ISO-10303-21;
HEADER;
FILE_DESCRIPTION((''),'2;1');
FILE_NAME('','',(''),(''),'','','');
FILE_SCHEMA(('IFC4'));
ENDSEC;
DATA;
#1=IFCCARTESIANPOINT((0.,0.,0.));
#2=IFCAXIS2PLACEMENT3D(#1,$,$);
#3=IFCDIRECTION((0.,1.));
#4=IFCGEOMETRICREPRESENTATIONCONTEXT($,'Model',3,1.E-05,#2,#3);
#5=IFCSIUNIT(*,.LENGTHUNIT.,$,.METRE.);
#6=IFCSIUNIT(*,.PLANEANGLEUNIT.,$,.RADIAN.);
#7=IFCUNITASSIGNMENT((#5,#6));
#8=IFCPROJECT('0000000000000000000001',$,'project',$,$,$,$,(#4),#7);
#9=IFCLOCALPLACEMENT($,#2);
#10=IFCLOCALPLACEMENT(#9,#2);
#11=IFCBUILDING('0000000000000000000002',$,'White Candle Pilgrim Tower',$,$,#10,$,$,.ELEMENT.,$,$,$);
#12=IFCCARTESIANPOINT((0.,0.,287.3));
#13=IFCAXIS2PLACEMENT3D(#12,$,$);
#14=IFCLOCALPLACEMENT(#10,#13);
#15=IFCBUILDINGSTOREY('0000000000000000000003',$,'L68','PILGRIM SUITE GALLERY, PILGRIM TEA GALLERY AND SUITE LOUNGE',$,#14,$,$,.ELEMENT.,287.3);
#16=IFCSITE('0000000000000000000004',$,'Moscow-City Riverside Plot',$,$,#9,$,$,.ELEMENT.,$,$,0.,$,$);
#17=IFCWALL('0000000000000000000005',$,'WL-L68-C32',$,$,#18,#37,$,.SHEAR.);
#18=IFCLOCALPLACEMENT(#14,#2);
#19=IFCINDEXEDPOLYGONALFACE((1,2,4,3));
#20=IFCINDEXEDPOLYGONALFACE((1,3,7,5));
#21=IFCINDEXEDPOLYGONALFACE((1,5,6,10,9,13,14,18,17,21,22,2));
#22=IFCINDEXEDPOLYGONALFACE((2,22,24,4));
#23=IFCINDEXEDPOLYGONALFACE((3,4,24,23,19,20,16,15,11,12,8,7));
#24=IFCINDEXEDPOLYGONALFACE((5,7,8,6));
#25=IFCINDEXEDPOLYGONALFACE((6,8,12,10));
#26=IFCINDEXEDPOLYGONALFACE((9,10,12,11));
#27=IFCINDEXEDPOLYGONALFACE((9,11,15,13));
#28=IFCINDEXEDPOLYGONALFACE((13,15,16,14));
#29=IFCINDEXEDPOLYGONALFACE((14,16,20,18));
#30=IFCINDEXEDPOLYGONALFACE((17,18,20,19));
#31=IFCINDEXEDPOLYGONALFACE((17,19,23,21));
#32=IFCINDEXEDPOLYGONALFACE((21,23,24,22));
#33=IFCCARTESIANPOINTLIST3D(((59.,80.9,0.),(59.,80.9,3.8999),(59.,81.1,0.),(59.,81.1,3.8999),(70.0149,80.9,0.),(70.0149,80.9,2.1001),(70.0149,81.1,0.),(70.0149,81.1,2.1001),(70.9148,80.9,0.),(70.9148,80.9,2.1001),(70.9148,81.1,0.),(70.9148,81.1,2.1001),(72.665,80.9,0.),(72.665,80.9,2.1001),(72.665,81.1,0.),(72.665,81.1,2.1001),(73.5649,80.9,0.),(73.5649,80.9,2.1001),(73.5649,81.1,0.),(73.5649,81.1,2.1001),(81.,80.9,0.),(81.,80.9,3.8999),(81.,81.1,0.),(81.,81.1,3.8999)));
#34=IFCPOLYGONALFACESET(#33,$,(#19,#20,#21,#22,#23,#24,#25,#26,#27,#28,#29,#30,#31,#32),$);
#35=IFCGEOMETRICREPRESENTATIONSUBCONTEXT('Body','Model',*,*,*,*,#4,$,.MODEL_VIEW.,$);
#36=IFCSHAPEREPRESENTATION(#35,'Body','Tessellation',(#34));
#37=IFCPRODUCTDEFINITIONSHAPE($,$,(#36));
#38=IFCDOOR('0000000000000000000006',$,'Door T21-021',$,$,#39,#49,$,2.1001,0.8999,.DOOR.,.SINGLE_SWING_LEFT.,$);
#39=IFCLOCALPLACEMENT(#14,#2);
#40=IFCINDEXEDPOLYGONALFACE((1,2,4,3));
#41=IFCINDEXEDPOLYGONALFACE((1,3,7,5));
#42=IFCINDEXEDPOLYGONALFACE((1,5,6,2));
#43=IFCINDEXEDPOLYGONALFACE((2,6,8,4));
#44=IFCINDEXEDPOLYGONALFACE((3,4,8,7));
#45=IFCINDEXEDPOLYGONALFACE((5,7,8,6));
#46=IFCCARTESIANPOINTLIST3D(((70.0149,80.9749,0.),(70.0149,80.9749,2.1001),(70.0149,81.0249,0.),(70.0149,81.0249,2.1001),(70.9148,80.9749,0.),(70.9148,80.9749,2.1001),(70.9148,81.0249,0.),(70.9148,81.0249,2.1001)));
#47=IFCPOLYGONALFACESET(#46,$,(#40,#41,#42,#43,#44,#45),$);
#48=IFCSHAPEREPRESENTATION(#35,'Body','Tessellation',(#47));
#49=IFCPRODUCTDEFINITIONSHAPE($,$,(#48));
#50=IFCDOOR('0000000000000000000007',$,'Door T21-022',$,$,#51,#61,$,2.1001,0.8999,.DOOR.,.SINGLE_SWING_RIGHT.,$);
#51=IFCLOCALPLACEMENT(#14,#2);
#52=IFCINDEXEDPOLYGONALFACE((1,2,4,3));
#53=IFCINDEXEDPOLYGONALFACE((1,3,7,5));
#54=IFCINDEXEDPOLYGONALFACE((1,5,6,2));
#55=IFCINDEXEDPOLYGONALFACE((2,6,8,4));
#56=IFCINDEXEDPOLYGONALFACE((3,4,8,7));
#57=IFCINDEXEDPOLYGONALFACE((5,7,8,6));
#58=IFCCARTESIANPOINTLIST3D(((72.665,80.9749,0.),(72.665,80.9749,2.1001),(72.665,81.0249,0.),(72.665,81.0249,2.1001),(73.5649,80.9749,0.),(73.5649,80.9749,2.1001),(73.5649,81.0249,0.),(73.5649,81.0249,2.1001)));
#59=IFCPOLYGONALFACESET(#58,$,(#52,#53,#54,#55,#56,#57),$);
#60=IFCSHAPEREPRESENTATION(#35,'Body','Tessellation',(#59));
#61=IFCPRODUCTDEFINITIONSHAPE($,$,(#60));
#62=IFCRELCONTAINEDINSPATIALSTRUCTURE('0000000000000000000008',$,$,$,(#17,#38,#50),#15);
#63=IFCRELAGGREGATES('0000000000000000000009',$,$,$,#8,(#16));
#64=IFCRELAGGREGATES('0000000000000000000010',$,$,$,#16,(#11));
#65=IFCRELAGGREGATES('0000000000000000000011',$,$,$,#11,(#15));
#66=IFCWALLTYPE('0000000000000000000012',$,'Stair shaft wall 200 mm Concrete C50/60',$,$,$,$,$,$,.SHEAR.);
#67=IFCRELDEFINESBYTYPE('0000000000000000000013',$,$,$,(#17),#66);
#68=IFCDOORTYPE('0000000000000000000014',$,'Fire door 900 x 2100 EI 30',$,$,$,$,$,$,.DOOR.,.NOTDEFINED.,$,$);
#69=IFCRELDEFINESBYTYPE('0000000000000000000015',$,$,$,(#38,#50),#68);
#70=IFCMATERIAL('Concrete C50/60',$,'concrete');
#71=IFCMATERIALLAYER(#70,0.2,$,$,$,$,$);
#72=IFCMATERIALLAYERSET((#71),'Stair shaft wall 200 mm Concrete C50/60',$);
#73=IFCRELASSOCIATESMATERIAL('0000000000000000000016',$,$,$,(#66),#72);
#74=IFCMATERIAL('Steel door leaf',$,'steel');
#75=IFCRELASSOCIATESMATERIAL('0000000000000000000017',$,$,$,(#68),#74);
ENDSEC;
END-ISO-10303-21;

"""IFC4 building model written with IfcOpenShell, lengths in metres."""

from ifc_helpers import new_model, si_unit, direction, frame, frame_2d, origin, place, context, subcontext, project, spatial, rectangle, extrude, material, layer, layer_set, type_object, element, fill, save


model = new_model("IFC4")

# Units and contexts
model_context = context("Model", 3, precision=1e-05, world=origin(), true_north=direction((0.0, 1.0)))
body_context = subcontext(model_context, "Body", "Model", "MODEL_VIEW")
ifc_project = project(units=[si_unit("LENGTHUNIT", "METRE"), si_unit("PLANEANGLEUNIT", "RADIAN")], contexts=[model_context])

# Site, building, storey
site_placement = place(None, origin())
site = spatial("IfcSite", under=ifc_project, at=site_placement, Name="Moscow-City Riverside Plot", CompositionType="ELEMENT", RefElevation=0.0)
building_placement = place(site_placement, origin())
building = spatial("IfcBuilding", under=site, at=building_placement, Name="White Candle Pilgrim Tower", CompositionType="ELEMENT")
storey_placement = place(building_placement, frame((0.0, 0.0, 287.3)))
storey = spatial("IfcBuildingStorey", under=building, at=storey_placement, Name="L68", Description="PILGRIM SUITE GALLERY, PILGRIM TEA GALLERY AND SUITE LOUNGE", CompositionType="ELEMENT", Elevation=287.3)

# Shared definitions
ifc_material_1 = material(Name="Concrete C50/60", Category="concrete")

# Wall, openings, doors
ifc_layer_1 = layer(ifc_material_1, 0.2)
ifc_layer_set_1 = layer_set([ifc_layer_1], Name="Stair shaft wall 200 mm Concrete C50/60")
wall_type_1 = type_object("IfcWallType", Name="Stair shaft wall 200 mm Concrete C50/60", PredefinedType="SHEAR", material=ifc_layer_set_1)
wall_1_placement = place(storey_placement, frame((59.0, 81.0, 0.0), z_axis=(0.0, 0.0, 1.0), x_axis=(1.0, 0.0, 0.0)))
wall_1 = element("IfcWall", 1, at=wall_1_placement, inside=storey, type_object=wall_type_1, Name="WL-L68-C32", PredefinedType="SHEAR", context=body_context, shape_type="SweptSolid", body=[
    extrude(rectangle(XDim=22.0, YDim=0.2, at=frame_2d((11.0, 0.0))), origin(), (0.0, 0.0, 1.0), 3.8999),
])
opening_1_placement = place(wall_1_placement, frame((11.0149, 0.0, 0.0)))
opening_1 = element("IfcOpeningElement", 2, at=opening_1_placement, cuts=wall_1, PredefinedType="OPENING", context=body_context, shape_type="SweptSolid", body=[
    extrude(rectangle(XDim=0.8999, YDim=2.1001, at=frame_2d((0.45, 1.05))), frame((0.0, 0.1099, 0.0), z_axis=(0.0, -1.0, 0.0), x_axis=(1.0, 0.0, 0.0)), (0.0, 0.0, 1.0), 0.22),
])
opening_2_placement = place(wall_1_placement, frame((13.665, 0.0, 0.0)))
opening_2 = element("IfcOpeningElement", 3, at=opening_2_placement, cuts=wall_1, PredefinedType="OPENING", context=body_context, shape_type="SweptSolid", body=[
    extrude(rectangle(XDim=0.8999, YDim=2.1001, at=frame_2d((0.45, 1.05))), frame((0.0, 0.1099, 0.0), z_axis=(0.0, -1.0, 0.0), x_axis=(1.0, 0.0, 0.0)), (0.0, 0.0, 1.0), 0.22),
])
ifc_material_2 = material(Name="Steel door leaf", Category="steel")
door_type = type_object("IfcDoorType", Name="Fire door 900 x 2100 EI 30", OperationType="NOTDEFINED", PredefinedType="DOOR", material=ifc_material_2)
door_1_placement = place(opening_1_placement, origin())
door_1 = element("IfcDoor", 4, at=door_1_placement, inside=storey, type_object=door_type, Name="Door T21-021", OperationType="SINGLE_SWING_LEFT", OverallHeight=2.1001, OverallWidth=0.8999, PredefinedType="DOOR", context=body_context, shape_type="SweptSolid", body=[
    extrude(rectangle(XDim=0.8999, YDim=2.1001, at=frame_2d((0.45, 1.05))), frame((0.0, 0.0249, 0.0), z_axis=(0.0, -1.0, 0.0), x_axis=(1.0, 0.0, 0.0)), (0.0, 0.0, 1.0), 0.05),
])
fill(opening_1, door_1)
door_2_placement = place(opening_2_placement, origin())
door_2 = element("IfcDoor", 5, at=door_2_placement, inside=storey, type_object=door_type, Name="Door T21-022", OperationType="SINGLE_SWING_RIGHT", OverallHeight=2.1001, OverallWidth=0.8999, PredefinedType="DOOR", context=body_context, shape_type="SweptSolid", body=[
    extrude(rectangle(XDim=0.8999, YDim=2.1001, at=frame_2d((0.45, 1.05))), frame((0.0, 0.0249, 0.0), z_axis=(0.0, -1.0, 0.0), x_axis=(1.0, 0.0, 0.0)), (0.0, 0.0, 1.0), 0.05),
])
fill(opening_2, door_2)

save(model, "model.ifc")
